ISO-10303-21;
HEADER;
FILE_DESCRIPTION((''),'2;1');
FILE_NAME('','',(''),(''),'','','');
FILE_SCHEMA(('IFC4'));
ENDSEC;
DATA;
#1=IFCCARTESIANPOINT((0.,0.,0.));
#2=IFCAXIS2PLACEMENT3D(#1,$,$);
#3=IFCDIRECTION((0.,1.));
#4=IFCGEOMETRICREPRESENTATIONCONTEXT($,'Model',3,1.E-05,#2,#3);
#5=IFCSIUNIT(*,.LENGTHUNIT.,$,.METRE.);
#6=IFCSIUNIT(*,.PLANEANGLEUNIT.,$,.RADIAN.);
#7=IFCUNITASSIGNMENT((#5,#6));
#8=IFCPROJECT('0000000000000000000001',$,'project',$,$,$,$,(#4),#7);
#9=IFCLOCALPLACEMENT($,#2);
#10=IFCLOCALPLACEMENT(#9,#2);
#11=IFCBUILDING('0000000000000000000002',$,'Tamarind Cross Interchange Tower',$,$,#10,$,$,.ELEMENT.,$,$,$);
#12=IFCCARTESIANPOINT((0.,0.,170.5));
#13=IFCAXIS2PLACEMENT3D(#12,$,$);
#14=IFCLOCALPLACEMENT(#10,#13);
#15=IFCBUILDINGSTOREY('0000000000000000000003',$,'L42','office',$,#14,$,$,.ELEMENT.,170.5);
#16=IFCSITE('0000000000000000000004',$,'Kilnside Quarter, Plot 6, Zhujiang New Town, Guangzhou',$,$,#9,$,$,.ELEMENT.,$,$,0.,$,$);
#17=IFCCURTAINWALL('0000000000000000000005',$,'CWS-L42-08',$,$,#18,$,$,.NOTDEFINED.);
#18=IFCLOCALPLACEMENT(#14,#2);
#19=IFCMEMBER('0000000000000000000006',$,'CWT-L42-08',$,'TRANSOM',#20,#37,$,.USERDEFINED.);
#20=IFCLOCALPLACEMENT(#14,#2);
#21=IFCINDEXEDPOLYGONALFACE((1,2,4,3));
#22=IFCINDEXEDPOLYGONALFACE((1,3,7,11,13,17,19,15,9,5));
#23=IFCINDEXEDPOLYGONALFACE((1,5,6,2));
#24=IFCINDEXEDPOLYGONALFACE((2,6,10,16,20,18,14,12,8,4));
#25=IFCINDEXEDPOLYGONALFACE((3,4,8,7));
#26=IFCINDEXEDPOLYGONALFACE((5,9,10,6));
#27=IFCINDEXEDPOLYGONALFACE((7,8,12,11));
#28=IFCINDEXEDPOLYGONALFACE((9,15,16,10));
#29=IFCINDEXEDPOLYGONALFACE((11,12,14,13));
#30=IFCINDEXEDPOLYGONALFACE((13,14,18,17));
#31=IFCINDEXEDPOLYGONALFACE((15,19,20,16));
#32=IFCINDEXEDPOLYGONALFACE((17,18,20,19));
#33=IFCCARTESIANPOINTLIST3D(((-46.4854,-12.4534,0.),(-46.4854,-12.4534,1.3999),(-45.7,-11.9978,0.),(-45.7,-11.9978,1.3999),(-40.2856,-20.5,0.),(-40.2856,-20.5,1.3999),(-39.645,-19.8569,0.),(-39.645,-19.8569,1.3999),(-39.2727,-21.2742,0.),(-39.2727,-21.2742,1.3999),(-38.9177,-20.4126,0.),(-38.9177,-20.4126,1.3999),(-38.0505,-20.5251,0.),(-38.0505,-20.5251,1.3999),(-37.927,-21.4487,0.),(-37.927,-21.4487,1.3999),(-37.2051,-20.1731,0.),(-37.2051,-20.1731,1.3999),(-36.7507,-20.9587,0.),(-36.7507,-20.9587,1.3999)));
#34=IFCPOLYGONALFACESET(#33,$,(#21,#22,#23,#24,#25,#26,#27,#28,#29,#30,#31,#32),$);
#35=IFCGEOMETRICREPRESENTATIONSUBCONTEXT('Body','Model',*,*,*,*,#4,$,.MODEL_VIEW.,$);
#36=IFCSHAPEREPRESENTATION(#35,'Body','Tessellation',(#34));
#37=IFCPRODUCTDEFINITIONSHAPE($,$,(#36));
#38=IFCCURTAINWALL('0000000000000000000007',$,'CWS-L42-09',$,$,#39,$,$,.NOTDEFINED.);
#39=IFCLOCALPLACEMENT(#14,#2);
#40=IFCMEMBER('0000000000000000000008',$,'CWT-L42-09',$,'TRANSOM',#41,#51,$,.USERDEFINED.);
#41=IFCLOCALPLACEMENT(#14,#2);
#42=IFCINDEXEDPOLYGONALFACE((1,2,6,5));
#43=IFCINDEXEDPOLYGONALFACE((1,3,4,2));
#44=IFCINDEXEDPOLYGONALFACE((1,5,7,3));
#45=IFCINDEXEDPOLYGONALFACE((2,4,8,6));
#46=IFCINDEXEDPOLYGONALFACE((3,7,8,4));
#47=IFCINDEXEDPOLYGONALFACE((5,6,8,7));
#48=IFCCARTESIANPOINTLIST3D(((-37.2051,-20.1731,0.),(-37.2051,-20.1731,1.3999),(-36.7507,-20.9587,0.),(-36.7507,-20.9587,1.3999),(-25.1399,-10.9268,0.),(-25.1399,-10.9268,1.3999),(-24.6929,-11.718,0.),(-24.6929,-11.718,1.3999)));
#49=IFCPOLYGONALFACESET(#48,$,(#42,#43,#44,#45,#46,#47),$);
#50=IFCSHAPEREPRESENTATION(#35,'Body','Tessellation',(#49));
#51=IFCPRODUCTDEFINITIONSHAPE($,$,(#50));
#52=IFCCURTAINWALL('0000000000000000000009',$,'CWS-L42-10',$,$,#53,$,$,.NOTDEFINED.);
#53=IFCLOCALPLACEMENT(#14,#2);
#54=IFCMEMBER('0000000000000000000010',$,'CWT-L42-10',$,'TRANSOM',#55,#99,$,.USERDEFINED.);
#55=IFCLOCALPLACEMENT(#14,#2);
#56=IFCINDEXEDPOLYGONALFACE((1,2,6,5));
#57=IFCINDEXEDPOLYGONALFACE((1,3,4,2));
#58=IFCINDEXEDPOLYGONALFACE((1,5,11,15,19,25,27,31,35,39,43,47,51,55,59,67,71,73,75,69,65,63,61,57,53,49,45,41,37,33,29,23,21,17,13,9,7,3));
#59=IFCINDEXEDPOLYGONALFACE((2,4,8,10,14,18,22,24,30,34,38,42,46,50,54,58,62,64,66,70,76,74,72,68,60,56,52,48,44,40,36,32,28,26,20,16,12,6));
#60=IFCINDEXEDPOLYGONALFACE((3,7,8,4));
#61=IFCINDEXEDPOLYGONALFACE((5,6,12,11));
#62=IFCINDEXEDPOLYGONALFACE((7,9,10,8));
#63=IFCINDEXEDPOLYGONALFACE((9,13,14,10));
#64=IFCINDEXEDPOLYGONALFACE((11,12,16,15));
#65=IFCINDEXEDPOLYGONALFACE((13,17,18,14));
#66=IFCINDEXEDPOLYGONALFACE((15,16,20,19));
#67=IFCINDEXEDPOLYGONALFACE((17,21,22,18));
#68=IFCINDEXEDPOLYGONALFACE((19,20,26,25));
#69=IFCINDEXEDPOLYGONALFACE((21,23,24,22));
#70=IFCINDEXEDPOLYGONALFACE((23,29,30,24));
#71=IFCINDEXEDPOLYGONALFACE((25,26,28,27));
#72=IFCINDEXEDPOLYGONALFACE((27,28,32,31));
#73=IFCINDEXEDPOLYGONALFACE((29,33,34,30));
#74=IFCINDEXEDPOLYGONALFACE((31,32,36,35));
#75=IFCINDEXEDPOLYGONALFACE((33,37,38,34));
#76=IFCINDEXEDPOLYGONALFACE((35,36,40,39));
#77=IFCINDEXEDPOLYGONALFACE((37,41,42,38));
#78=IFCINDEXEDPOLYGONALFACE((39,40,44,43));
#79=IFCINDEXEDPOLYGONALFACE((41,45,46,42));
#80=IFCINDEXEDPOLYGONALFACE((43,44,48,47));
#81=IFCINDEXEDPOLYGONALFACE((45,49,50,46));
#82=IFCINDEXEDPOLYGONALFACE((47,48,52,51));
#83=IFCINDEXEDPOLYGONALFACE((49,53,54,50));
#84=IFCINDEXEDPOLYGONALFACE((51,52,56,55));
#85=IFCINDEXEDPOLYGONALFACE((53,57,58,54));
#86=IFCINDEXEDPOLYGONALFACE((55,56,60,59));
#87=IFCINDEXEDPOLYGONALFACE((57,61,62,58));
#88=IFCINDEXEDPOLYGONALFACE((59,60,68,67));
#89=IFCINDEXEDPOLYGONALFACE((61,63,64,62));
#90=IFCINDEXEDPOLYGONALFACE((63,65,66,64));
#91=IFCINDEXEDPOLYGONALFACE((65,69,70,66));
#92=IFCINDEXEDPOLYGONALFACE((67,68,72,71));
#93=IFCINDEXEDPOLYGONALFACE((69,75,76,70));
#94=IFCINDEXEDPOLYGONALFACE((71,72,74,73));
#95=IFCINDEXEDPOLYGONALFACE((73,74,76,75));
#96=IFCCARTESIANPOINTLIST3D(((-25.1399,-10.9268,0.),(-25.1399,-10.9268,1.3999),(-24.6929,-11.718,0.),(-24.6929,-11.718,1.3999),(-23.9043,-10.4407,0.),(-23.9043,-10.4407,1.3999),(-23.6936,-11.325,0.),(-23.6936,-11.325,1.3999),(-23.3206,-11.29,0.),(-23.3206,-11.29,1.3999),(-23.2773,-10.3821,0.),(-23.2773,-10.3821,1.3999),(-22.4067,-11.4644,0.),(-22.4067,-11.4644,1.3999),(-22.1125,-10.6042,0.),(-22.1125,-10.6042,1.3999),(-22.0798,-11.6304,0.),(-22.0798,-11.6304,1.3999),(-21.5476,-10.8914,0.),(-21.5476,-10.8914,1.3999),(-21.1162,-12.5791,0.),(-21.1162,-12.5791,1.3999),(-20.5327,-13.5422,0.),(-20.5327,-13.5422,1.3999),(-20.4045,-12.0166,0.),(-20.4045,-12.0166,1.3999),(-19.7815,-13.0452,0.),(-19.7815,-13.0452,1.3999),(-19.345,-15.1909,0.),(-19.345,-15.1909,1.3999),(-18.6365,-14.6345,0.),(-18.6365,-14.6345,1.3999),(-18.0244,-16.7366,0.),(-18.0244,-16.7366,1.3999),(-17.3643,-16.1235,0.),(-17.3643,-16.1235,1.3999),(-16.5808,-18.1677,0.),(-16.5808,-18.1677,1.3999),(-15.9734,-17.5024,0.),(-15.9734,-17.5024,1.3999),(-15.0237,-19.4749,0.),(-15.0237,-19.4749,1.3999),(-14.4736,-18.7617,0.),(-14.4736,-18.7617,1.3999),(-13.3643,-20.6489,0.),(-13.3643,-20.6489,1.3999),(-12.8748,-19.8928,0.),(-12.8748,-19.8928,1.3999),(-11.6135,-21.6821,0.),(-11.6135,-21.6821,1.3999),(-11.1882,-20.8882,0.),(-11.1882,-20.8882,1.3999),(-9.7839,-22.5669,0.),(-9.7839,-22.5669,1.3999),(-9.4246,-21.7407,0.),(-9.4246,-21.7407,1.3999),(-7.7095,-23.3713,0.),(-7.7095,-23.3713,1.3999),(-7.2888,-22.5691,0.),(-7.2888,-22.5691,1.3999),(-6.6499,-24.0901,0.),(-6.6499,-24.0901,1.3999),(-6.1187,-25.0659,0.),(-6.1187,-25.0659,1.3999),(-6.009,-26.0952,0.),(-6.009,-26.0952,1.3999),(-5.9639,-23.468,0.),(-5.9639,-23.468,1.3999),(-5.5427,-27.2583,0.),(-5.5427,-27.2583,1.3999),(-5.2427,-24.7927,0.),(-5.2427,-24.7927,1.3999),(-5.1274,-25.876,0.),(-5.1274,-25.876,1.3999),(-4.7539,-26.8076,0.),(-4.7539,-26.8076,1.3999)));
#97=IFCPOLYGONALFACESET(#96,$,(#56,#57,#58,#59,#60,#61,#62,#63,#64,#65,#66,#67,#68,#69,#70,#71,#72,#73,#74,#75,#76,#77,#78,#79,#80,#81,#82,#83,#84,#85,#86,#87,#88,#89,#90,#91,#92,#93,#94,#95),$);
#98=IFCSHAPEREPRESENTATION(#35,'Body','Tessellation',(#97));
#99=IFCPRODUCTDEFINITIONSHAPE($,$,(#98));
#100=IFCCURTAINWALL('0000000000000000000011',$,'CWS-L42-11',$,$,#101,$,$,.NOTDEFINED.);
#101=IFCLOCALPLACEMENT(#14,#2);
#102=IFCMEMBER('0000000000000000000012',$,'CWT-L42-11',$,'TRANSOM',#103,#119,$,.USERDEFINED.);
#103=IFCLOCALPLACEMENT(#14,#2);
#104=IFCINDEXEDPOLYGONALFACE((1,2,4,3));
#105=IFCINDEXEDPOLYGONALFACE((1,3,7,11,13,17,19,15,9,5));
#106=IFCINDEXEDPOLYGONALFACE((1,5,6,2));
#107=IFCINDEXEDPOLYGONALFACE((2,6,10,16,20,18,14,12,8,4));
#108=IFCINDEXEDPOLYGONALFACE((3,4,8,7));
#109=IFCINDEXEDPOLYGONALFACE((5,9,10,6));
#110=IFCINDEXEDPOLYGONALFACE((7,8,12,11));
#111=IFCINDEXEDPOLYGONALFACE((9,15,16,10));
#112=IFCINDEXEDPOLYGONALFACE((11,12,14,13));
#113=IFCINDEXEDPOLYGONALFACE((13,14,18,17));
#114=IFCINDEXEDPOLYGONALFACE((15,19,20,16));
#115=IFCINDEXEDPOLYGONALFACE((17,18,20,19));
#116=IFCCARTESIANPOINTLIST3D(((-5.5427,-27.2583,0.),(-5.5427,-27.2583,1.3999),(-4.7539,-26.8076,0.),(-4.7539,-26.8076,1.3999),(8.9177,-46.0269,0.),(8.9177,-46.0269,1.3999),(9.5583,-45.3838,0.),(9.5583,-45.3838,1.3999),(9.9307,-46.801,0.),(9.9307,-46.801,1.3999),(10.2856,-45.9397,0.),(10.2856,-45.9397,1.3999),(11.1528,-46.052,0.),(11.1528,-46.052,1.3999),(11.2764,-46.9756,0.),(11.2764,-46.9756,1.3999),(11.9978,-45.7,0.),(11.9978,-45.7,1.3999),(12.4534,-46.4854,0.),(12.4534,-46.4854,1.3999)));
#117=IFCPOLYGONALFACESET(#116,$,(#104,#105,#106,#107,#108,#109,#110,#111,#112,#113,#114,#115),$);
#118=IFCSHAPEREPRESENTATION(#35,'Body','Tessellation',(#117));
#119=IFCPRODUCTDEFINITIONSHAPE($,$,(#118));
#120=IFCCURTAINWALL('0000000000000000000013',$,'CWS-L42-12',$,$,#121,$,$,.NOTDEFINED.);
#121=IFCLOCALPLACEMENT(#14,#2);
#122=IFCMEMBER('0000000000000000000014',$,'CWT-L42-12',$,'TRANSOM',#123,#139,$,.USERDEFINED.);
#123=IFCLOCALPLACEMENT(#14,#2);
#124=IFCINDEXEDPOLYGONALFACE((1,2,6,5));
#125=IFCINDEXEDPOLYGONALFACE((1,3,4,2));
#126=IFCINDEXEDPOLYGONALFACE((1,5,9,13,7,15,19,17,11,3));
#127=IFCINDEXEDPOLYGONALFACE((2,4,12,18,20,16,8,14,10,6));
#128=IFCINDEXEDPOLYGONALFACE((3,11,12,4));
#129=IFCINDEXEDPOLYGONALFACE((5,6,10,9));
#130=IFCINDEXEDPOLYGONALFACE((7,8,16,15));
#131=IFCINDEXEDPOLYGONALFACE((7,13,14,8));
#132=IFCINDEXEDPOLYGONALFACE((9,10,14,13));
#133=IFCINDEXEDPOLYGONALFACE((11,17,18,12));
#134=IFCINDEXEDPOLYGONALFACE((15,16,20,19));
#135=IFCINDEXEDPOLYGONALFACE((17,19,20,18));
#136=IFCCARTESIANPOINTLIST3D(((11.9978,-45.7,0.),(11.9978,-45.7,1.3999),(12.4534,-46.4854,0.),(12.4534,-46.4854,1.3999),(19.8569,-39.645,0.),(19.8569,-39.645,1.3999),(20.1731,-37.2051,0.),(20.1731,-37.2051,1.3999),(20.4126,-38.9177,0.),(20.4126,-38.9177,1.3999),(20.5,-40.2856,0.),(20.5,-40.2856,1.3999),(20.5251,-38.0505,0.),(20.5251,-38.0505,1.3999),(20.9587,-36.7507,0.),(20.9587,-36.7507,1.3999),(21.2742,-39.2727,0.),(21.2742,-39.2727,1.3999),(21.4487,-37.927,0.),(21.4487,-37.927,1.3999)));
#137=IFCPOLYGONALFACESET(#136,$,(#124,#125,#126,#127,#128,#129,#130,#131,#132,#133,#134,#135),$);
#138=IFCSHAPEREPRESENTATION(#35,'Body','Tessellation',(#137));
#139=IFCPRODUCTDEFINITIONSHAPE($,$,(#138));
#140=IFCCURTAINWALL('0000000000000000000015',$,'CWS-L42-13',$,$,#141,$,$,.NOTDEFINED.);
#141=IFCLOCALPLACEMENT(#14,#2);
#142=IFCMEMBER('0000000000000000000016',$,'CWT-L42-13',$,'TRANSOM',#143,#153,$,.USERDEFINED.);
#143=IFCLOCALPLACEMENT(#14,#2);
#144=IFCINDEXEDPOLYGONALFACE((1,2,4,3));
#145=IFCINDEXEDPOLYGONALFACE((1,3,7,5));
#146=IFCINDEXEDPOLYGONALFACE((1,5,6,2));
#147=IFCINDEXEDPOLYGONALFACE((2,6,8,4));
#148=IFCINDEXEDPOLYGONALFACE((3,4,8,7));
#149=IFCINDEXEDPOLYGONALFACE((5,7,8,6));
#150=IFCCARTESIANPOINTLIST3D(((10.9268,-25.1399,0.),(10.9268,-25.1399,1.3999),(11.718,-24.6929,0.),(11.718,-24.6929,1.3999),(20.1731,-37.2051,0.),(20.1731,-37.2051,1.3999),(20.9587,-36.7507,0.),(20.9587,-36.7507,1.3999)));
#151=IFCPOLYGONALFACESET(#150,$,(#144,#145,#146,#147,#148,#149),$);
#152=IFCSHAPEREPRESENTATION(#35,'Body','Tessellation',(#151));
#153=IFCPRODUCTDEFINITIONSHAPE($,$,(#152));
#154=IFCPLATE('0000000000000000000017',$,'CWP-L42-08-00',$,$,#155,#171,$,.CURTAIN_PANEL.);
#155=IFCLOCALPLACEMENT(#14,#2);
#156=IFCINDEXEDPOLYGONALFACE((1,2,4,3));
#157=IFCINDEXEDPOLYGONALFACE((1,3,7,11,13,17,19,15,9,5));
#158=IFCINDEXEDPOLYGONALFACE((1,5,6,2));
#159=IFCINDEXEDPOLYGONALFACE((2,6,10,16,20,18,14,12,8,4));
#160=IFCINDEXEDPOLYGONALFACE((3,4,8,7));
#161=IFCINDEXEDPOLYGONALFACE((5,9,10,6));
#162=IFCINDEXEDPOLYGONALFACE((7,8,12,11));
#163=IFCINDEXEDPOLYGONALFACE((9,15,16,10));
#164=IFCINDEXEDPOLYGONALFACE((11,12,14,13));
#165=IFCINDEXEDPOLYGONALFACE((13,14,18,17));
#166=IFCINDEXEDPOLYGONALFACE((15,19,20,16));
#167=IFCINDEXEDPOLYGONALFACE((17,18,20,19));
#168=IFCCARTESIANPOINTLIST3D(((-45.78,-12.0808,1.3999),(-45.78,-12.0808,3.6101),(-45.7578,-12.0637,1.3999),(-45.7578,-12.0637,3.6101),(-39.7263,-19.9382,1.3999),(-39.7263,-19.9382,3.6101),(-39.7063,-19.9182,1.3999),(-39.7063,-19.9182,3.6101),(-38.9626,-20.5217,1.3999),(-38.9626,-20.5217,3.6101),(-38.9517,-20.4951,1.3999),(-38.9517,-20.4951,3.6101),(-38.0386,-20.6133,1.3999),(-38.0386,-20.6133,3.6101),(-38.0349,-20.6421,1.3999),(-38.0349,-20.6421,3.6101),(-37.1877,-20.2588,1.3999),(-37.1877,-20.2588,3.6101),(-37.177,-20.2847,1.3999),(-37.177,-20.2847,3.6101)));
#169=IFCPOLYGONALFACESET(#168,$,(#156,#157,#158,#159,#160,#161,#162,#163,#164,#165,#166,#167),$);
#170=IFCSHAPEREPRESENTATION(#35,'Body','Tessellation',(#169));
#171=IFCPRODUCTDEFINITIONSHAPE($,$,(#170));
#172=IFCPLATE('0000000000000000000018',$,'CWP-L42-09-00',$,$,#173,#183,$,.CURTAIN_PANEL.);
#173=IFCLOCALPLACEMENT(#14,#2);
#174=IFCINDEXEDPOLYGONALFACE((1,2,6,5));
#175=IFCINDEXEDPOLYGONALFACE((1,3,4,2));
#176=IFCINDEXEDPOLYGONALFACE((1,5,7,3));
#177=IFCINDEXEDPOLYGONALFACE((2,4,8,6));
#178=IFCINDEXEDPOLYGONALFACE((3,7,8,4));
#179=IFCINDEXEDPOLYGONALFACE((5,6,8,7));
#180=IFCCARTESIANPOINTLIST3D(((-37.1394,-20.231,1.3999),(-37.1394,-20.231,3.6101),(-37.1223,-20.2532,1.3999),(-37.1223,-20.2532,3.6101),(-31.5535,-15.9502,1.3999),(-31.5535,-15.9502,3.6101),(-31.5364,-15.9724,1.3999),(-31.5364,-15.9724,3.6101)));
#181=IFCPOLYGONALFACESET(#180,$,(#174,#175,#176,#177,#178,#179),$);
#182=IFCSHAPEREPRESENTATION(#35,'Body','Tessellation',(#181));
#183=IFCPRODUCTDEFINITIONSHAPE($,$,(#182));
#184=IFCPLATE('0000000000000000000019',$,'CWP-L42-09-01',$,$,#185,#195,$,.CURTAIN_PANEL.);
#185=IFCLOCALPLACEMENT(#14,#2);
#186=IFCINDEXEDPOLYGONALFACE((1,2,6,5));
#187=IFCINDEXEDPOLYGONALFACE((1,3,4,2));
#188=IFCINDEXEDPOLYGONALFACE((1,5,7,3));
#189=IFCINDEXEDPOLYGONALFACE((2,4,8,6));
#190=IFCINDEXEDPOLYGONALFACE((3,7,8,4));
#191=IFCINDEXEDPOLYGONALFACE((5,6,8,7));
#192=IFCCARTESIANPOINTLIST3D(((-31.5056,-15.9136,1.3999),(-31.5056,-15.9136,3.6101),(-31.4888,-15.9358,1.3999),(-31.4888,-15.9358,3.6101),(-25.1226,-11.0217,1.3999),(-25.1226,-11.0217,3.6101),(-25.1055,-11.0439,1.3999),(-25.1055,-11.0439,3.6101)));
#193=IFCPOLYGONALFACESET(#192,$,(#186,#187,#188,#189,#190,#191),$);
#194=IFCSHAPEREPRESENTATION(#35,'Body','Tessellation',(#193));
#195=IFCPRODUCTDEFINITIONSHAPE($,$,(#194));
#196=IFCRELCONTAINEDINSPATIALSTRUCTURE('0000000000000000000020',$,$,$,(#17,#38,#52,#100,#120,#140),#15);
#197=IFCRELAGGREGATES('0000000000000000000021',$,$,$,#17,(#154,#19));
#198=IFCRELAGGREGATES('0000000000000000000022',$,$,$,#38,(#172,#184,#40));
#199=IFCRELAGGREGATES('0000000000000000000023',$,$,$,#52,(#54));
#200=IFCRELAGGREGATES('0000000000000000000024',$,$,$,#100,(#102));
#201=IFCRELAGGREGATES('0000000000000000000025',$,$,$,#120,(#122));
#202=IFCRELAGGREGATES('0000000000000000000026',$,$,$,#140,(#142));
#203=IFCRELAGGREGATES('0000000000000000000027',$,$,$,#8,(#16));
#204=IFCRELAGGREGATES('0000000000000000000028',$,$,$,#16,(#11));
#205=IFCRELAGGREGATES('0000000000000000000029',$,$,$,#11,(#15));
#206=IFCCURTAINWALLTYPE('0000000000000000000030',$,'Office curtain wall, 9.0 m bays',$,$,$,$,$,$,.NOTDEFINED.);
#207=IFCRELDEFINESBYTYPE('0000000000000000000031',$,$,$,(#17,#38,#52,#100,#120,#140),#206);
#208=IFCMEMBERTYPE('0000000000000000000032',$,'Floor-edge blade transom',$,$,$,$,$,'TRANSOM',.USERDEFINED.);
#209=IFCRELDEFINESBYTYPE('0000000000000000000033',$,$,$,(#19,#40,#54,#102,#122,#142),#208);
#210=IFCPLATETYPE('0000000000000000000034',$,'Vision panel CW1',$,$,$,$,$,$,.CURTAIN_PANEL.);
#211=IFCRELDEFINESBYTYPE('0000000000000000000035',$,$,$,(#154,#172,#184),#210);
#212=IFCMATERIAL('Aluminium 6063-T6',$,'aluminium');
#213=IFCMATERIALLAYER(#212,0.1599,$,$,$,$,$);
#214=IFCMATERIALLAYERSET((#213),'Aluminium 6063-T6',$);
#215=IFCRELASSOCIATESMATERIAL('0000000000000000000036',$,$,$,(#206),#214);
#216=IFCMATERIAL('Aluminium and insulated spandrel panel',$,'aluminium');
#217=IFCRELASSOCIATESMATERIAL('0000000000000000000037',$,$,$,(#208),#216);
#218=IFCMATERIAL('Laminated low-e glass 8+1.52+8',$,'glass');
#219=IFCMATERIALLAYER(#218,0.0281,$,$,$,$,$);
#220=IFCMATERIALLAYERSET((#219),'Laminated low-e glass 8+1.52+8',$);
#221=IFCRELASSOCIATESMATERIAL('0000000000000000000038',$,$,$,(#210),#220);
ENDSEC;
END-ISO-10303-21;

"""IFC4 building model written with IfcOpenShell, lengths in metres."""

from ifc_helpers import new_model, si_unit, direction, frame, origin, place, context, subcontext, project, spatial, polyline, outline, extrude, material, layer, layer_set, type_object, element, aggregate, save


model = new_model("IFC4")

# Units and contexts
model_context = context("Model", 3, precision=1e-05, world=origin(), true_north=direction((0.0, 1.0)))
body_context = subcontext(model_context, "Body", "Model", "MODEL_VIEW")
ifc_project = project(units=[si_unit("LENGTHUNIT", "METRE"), si_unit("PLANEANGLEUNIT", "RADIAN")], contexts=[model_context])

# Site, building, storey
site_placement = place(None, origin())
site = spatial("IfcSite", under=ifc_project, at=site_placement, Name="Kilnside Quarter, Plot 6, Zhujiang New Town, Guangzhou", CompositionType="ELEMENT", RefElevation=0.0)
building_placement = place(site_placement, origin())
building = spatial("IfcBuilding", under=site, at=building_placement, Name="Tamarind Cross Interchange Tower", CompositionType="ELEMENT")
storey_placement = place(building_placement, frame((0.0, 0.0, 170.5)))
storey = spatial("IfcBuildingStorey", under=building, at=storey_placement, Name="L42", Description="office", CompositionType="ELEMENT", Elevation=170.5)

# Curtain walls, members
ifc_material_1 = material(Name="Aluminium 6063-T6", Category="aluminium")
ifc_layer_1 = layer(ifc_material_1, 0.1599)
ifc_layer_set_1 = layer_set([ifc_layer_1], Name="Aluminium 6063-T6")
curtain_wall_type = type_object("IfcCurtainWallType", Name="Office curtain wall, 9.0 m bays", PredefinedType="NOTDEFINED", material=ifc_layer_set_1)
curtain_wall_1_placement = place(storey_placement, origin())
curtain_wall_1 = element("IfcCurtainWall", 1, at=curtain_wall_1_placement, inside=storey, type_object=curtain_wall_type, Name="CWS-L42-08", PredefinedType="NOTDEFINED")
ifc_material_2 = material(Name="Aluminium and insulated spandrel panel", Category="aluminium")
member_type = type_object("IfcMemberType", Name="Floor-edge blade transom", ElementType="TRANSOM", PredefinedType="USERDEFINED", material=ifc_material_2)
member_1_placement = place(storey_placement, origin())
member_1 = element("IfcMember", 2, at=member_1_placement, type_object=member_type, Name="CWT-L42-08", ObjectType="TRANSOM", PredefinedType="USERDEFINED", context=body_context, shape_type="SweptSolid", body=[
    extrude(outline(polyline([(-45.7, -11.9978), (-39.645, -19.8569), (-38.9177, -20.4126), (-38.0505, -20.5251), (-37.2051, -20.1731), (-36.7507, -20.9587), (-37.927, -21.4487), (-39.2727, -21.2742), (-40.2856, -20.5), (-46.4854, -12.4534), (-45.7, -11.9978)])), origin(), (0.0, 0.0, 1.0), 1.3999),
])
curtain_wall_2_placement = place(storey_placement, origin())
curtain_wall_2 = element("IfcCurtainWall", 3, at=curtain_wall_2_placement, inside=storey, type_object=curtain_wall_type, Name="CWS-L42-09", PredefinedType="NOTDEFINED")
member_2_placement = place(storey_placement, origin())
member_2 = element("IfcMember", 4, at=member_2_placement, type_object=member_type, Name="CWT-L42-09", ObjectType="TRANSOM", PredefinedType="USERDEFINED", context=body_context, shape_type="SweptSolid", body=[
    extrude(outline(polyline([(-37.2051, -20.1731), (-25.1399, -10.9268), (-24.6929, -11.718), (-36.7507, -20.9587), (-37.2051, -20.1731)])), origin(), (0.0, 0.0, 1.0), 1.3999),
])
curtain_wall_3_placement = place(storey_placement, origin())
curtain_wall_3 = element("IfcCurtainWall", 5, at=curtain_wall_3_placement, inside=storey, type_object=curtain_wall_type, Name="CWS-L42-10", PredefinedType="NOTDEFINED")
member_3_placement = place(storey_placement, origin())
member_3 = element("IfcMember", 6, at=member_3_placement, type_object=member_type, Name="CWT-L42-10", ObjectType="TRANSOM", PredefinedType="USERDEFINED", context=body_context, shape_type="SweptSolid", body=[
    extrude(outline(polyline([(-25.1399, -10.9268), (-23.9043, -10.4407), (-23.2773, -10.3821), (-22.1125, -10.6042), (-21.5476, -10.8914), (-20.4045, -12.0166), (-19.7815, -13.0452), (-18.6365, -14.6345), (-17.3643, -16.1235), (-15.9734, -17.5024), (-14.4736, -18.7617), (-12.8748, -19.8928), (-11.1882, -20.8882), (-9.4246, -21.7407), (-7.2888, -22.5691), (-5.9639, -23.468), (-5.2427, -24.7927), (-5.1274, -25.876), (-4.7539, -26.8076), (-5.5427, -27.2583), (-6.009, -26.0952), (-6.1187, -25.0659), (-6.6499, -24.0901), (-7.7095, -23.3713), (-9.7839, -22.5669), (-11.6135, -21.6821), (-13.3643, -20.6489), (-15.0237, -19.4749), (-16.5808, -18.1677), (-18.0244, -16.7366), (-19.345, -15.1909), (-20.5327, -13.5422), (-21.1162, -12.5791), (-22.0798, -11.6304), (-22.4067, -11.4644), (-23.3206, -11.29), (-23.6936, -11.325), (-24.6929, -11.718), (-25.1399, -10.9268)])), origin(), (0.0, 0.0, 1.0), 1.3999),
])
curtain_wall_4_placement = place(storey_placement, origin())
curtain_wall_4 = element("IfcCurtainWall", 7, at=curtain_wall_4_placement, inside=storey, type_object=curtain_wall_type, Name="CWS-L42-11", PredefinedType="NOTDEFINED")
member_4_placement = place(storey_placement, origin())
member_4 = element("IfcMember", 8, at=member_4_placement, type_object=member_type, Name="CWT-L42-11", ObjectType="TRANSOM", PredefinedType="USERDEFINED", context=body_context, shape_type="SweptSolid", body=[
    extrude(outline(polyline([(-4.7539, -26.8076), (9.5583, -45.3838), (10.2856, -45.9397), (11.1528, -46.052), (11.9978, -45.7), (12.4534, -46.4854), (11.2764, -46.9756), (9.9307, -46.801), (8.9177, -46.0269), (-5.5427, -27.2583), (-4.7539, -26.8076)])), origin(), (0.0, 0.0, 1.0), 1.3999),
])
curtain_wall_5_placement = place(storey_placement, origin())
curtain_wall_5 = element("IfcCurtainWall", 9, at=curtain_wall_5_placement, inside=storey, type_object=curtain_wall_type, Name="CWS-L42-12", PredefinedType="NOTDEFINED")
member_5_placement = place(storey_placement, origin())
member_5 = element("IfcMember", 10, at=member_5_placement, type_object=member_type, Name="CWT-L42-12", ObjectType="TRANSOM", PredefinedType="USERDEFINED", context=body_context, shape_type="SweptSolid", body=[
    extrude(outline(polyline([(11.9978, -45.7), (19.8569, -39.645), (20.4126, -38.9177), (20.5251, -38.0505), (20.1731, -37.2051), (20.9587, -36.7507), (21.4487, -37.927), (21.2742, -39.2727), (20.5, -40.2856), (12.4534, -46.4854), (11.9978, -45.7)])), origin(), (0.0, 0.0, 1.0), 1.3999),
])
curtain_wall_6_placement = place(storey_placement, origin())
curtain_wall_6 = element("IfcCurtainWall", 11, at=curtain_wall_6_placement, inside=storey, type_object=curtain_wall_type, Name="CWS-L42-13", PredefinedType="NOTDEFINED")
member_6_placement = place(storey_placement, origin())
member_6 = element("IfcMember", 12, at=member_6_placement, type_object=member_type, Name="CWT-L42-13", ObjectType="TRANSOM", PredefinedType="USERDEFINED", context=body_context, shape_type="SweptSolid", body=[
    extrude(outline(polyline([(20.1731, -37.2051), (10.9268, -25.1399), (11.718, -24.6929), (20.9587, -36.7507), (20.1731, -37.2051)])), origin(), (0.0, 0.0, 1.0), 1.3999),
])

# Plates
ifc_material_3 = material(Name="Laminated low-e glass 8+1.52+8", Category="glass")
ifc_layer_2 = layer(ifc_material_3, 0.0281)
ifc_layer_set_2 = layer_set([ifc_layer_2], Name="Laminated low-e glass 8+1.52+8")
plate_type = type_object("IfcPlateType", Name="Vision panel CW1", PredefinedType="CURTAIN_PANEL", material=ifc_layer_set_2)
plate_1_placement = place(storey_placement, frame((0.0, 0.0, 1.3999)))
plate_1 = element("IfcPlate", 13, at=plate_1_placement, type_object=plate_type, Name="CWP-L42-08-00", PredefinedType="CURTAIN_PANEL", context=body_context, shape_type="SweptSolid", body=[
    extrude(outline(polyline([(-45.7578, -12.0637), (-39.7063, -19.9182), (-38.9517, -20.4951), (-38.0386, -20.6133), (-37.1877, -20.2588), (-37.177, -20.2847), (-38.0349, -20.6421), (-38.9626, -20.5217), (-39.7263, -19.9382), (-45.78, -12.0808), (-45.7578, -12.0637)])), origin(), (0.0, 0.0, 1.0), 2.2102),
])
aggregate(curtain_wall_1, [plate_1, member_1])
plate_2_placement = place(storey_placement, frame((0.0, 0.0, 1.3999)))
plate_2 = element("IfcPlate", 14, at=plate_2_placement, type_object=plate_type, Name="CWP-L42-09-00", PredefinedType="CURTAIN_PANEL", context=body_context, shape_type="SweptSolid", body=[
    extrude(outline(polyline([(-37.1394, -20.231), (-31.5535, -15.9502), (-31.5364, -15.9724), (-37.1223, -20.2532), (-37.1394, -20.231)])), origin(), (0.0, 0.0, 1.0), 2.2102),
])
plate_3_placement = place(storey_placement, frame((0.0, 0.0, 1.3999)))
plate_3 = element("IfcPlate", 15, at=plate_3_placement, type_object=plate_type, Name="CWP-L42-09-01", PredefinedType="CURTAIN_PANEL", context=body_context, shape_type="SweptSolid", body=[
    extrude(outline(polyline([(-31.5056, -15.9136), (-25.1226, -11.0217), (-25.1055, -11.0439), (-31.4888, -15.9358), (-31.5056, -15.9136)])), origin(), (0.0, 0.0, 1.0), 2.2102),
])
aggregate(curtain_wall_2, [plate_2, plate_3, member_2])
aggregate(curtain_wall_3, [member_3])
aggregate(curtain_wall_4, [member_4])
aggregate(curtain_wall_5, [member_5])
aggregate(curtain_wall_6, [member_6])

save(model, "model.ifc")
